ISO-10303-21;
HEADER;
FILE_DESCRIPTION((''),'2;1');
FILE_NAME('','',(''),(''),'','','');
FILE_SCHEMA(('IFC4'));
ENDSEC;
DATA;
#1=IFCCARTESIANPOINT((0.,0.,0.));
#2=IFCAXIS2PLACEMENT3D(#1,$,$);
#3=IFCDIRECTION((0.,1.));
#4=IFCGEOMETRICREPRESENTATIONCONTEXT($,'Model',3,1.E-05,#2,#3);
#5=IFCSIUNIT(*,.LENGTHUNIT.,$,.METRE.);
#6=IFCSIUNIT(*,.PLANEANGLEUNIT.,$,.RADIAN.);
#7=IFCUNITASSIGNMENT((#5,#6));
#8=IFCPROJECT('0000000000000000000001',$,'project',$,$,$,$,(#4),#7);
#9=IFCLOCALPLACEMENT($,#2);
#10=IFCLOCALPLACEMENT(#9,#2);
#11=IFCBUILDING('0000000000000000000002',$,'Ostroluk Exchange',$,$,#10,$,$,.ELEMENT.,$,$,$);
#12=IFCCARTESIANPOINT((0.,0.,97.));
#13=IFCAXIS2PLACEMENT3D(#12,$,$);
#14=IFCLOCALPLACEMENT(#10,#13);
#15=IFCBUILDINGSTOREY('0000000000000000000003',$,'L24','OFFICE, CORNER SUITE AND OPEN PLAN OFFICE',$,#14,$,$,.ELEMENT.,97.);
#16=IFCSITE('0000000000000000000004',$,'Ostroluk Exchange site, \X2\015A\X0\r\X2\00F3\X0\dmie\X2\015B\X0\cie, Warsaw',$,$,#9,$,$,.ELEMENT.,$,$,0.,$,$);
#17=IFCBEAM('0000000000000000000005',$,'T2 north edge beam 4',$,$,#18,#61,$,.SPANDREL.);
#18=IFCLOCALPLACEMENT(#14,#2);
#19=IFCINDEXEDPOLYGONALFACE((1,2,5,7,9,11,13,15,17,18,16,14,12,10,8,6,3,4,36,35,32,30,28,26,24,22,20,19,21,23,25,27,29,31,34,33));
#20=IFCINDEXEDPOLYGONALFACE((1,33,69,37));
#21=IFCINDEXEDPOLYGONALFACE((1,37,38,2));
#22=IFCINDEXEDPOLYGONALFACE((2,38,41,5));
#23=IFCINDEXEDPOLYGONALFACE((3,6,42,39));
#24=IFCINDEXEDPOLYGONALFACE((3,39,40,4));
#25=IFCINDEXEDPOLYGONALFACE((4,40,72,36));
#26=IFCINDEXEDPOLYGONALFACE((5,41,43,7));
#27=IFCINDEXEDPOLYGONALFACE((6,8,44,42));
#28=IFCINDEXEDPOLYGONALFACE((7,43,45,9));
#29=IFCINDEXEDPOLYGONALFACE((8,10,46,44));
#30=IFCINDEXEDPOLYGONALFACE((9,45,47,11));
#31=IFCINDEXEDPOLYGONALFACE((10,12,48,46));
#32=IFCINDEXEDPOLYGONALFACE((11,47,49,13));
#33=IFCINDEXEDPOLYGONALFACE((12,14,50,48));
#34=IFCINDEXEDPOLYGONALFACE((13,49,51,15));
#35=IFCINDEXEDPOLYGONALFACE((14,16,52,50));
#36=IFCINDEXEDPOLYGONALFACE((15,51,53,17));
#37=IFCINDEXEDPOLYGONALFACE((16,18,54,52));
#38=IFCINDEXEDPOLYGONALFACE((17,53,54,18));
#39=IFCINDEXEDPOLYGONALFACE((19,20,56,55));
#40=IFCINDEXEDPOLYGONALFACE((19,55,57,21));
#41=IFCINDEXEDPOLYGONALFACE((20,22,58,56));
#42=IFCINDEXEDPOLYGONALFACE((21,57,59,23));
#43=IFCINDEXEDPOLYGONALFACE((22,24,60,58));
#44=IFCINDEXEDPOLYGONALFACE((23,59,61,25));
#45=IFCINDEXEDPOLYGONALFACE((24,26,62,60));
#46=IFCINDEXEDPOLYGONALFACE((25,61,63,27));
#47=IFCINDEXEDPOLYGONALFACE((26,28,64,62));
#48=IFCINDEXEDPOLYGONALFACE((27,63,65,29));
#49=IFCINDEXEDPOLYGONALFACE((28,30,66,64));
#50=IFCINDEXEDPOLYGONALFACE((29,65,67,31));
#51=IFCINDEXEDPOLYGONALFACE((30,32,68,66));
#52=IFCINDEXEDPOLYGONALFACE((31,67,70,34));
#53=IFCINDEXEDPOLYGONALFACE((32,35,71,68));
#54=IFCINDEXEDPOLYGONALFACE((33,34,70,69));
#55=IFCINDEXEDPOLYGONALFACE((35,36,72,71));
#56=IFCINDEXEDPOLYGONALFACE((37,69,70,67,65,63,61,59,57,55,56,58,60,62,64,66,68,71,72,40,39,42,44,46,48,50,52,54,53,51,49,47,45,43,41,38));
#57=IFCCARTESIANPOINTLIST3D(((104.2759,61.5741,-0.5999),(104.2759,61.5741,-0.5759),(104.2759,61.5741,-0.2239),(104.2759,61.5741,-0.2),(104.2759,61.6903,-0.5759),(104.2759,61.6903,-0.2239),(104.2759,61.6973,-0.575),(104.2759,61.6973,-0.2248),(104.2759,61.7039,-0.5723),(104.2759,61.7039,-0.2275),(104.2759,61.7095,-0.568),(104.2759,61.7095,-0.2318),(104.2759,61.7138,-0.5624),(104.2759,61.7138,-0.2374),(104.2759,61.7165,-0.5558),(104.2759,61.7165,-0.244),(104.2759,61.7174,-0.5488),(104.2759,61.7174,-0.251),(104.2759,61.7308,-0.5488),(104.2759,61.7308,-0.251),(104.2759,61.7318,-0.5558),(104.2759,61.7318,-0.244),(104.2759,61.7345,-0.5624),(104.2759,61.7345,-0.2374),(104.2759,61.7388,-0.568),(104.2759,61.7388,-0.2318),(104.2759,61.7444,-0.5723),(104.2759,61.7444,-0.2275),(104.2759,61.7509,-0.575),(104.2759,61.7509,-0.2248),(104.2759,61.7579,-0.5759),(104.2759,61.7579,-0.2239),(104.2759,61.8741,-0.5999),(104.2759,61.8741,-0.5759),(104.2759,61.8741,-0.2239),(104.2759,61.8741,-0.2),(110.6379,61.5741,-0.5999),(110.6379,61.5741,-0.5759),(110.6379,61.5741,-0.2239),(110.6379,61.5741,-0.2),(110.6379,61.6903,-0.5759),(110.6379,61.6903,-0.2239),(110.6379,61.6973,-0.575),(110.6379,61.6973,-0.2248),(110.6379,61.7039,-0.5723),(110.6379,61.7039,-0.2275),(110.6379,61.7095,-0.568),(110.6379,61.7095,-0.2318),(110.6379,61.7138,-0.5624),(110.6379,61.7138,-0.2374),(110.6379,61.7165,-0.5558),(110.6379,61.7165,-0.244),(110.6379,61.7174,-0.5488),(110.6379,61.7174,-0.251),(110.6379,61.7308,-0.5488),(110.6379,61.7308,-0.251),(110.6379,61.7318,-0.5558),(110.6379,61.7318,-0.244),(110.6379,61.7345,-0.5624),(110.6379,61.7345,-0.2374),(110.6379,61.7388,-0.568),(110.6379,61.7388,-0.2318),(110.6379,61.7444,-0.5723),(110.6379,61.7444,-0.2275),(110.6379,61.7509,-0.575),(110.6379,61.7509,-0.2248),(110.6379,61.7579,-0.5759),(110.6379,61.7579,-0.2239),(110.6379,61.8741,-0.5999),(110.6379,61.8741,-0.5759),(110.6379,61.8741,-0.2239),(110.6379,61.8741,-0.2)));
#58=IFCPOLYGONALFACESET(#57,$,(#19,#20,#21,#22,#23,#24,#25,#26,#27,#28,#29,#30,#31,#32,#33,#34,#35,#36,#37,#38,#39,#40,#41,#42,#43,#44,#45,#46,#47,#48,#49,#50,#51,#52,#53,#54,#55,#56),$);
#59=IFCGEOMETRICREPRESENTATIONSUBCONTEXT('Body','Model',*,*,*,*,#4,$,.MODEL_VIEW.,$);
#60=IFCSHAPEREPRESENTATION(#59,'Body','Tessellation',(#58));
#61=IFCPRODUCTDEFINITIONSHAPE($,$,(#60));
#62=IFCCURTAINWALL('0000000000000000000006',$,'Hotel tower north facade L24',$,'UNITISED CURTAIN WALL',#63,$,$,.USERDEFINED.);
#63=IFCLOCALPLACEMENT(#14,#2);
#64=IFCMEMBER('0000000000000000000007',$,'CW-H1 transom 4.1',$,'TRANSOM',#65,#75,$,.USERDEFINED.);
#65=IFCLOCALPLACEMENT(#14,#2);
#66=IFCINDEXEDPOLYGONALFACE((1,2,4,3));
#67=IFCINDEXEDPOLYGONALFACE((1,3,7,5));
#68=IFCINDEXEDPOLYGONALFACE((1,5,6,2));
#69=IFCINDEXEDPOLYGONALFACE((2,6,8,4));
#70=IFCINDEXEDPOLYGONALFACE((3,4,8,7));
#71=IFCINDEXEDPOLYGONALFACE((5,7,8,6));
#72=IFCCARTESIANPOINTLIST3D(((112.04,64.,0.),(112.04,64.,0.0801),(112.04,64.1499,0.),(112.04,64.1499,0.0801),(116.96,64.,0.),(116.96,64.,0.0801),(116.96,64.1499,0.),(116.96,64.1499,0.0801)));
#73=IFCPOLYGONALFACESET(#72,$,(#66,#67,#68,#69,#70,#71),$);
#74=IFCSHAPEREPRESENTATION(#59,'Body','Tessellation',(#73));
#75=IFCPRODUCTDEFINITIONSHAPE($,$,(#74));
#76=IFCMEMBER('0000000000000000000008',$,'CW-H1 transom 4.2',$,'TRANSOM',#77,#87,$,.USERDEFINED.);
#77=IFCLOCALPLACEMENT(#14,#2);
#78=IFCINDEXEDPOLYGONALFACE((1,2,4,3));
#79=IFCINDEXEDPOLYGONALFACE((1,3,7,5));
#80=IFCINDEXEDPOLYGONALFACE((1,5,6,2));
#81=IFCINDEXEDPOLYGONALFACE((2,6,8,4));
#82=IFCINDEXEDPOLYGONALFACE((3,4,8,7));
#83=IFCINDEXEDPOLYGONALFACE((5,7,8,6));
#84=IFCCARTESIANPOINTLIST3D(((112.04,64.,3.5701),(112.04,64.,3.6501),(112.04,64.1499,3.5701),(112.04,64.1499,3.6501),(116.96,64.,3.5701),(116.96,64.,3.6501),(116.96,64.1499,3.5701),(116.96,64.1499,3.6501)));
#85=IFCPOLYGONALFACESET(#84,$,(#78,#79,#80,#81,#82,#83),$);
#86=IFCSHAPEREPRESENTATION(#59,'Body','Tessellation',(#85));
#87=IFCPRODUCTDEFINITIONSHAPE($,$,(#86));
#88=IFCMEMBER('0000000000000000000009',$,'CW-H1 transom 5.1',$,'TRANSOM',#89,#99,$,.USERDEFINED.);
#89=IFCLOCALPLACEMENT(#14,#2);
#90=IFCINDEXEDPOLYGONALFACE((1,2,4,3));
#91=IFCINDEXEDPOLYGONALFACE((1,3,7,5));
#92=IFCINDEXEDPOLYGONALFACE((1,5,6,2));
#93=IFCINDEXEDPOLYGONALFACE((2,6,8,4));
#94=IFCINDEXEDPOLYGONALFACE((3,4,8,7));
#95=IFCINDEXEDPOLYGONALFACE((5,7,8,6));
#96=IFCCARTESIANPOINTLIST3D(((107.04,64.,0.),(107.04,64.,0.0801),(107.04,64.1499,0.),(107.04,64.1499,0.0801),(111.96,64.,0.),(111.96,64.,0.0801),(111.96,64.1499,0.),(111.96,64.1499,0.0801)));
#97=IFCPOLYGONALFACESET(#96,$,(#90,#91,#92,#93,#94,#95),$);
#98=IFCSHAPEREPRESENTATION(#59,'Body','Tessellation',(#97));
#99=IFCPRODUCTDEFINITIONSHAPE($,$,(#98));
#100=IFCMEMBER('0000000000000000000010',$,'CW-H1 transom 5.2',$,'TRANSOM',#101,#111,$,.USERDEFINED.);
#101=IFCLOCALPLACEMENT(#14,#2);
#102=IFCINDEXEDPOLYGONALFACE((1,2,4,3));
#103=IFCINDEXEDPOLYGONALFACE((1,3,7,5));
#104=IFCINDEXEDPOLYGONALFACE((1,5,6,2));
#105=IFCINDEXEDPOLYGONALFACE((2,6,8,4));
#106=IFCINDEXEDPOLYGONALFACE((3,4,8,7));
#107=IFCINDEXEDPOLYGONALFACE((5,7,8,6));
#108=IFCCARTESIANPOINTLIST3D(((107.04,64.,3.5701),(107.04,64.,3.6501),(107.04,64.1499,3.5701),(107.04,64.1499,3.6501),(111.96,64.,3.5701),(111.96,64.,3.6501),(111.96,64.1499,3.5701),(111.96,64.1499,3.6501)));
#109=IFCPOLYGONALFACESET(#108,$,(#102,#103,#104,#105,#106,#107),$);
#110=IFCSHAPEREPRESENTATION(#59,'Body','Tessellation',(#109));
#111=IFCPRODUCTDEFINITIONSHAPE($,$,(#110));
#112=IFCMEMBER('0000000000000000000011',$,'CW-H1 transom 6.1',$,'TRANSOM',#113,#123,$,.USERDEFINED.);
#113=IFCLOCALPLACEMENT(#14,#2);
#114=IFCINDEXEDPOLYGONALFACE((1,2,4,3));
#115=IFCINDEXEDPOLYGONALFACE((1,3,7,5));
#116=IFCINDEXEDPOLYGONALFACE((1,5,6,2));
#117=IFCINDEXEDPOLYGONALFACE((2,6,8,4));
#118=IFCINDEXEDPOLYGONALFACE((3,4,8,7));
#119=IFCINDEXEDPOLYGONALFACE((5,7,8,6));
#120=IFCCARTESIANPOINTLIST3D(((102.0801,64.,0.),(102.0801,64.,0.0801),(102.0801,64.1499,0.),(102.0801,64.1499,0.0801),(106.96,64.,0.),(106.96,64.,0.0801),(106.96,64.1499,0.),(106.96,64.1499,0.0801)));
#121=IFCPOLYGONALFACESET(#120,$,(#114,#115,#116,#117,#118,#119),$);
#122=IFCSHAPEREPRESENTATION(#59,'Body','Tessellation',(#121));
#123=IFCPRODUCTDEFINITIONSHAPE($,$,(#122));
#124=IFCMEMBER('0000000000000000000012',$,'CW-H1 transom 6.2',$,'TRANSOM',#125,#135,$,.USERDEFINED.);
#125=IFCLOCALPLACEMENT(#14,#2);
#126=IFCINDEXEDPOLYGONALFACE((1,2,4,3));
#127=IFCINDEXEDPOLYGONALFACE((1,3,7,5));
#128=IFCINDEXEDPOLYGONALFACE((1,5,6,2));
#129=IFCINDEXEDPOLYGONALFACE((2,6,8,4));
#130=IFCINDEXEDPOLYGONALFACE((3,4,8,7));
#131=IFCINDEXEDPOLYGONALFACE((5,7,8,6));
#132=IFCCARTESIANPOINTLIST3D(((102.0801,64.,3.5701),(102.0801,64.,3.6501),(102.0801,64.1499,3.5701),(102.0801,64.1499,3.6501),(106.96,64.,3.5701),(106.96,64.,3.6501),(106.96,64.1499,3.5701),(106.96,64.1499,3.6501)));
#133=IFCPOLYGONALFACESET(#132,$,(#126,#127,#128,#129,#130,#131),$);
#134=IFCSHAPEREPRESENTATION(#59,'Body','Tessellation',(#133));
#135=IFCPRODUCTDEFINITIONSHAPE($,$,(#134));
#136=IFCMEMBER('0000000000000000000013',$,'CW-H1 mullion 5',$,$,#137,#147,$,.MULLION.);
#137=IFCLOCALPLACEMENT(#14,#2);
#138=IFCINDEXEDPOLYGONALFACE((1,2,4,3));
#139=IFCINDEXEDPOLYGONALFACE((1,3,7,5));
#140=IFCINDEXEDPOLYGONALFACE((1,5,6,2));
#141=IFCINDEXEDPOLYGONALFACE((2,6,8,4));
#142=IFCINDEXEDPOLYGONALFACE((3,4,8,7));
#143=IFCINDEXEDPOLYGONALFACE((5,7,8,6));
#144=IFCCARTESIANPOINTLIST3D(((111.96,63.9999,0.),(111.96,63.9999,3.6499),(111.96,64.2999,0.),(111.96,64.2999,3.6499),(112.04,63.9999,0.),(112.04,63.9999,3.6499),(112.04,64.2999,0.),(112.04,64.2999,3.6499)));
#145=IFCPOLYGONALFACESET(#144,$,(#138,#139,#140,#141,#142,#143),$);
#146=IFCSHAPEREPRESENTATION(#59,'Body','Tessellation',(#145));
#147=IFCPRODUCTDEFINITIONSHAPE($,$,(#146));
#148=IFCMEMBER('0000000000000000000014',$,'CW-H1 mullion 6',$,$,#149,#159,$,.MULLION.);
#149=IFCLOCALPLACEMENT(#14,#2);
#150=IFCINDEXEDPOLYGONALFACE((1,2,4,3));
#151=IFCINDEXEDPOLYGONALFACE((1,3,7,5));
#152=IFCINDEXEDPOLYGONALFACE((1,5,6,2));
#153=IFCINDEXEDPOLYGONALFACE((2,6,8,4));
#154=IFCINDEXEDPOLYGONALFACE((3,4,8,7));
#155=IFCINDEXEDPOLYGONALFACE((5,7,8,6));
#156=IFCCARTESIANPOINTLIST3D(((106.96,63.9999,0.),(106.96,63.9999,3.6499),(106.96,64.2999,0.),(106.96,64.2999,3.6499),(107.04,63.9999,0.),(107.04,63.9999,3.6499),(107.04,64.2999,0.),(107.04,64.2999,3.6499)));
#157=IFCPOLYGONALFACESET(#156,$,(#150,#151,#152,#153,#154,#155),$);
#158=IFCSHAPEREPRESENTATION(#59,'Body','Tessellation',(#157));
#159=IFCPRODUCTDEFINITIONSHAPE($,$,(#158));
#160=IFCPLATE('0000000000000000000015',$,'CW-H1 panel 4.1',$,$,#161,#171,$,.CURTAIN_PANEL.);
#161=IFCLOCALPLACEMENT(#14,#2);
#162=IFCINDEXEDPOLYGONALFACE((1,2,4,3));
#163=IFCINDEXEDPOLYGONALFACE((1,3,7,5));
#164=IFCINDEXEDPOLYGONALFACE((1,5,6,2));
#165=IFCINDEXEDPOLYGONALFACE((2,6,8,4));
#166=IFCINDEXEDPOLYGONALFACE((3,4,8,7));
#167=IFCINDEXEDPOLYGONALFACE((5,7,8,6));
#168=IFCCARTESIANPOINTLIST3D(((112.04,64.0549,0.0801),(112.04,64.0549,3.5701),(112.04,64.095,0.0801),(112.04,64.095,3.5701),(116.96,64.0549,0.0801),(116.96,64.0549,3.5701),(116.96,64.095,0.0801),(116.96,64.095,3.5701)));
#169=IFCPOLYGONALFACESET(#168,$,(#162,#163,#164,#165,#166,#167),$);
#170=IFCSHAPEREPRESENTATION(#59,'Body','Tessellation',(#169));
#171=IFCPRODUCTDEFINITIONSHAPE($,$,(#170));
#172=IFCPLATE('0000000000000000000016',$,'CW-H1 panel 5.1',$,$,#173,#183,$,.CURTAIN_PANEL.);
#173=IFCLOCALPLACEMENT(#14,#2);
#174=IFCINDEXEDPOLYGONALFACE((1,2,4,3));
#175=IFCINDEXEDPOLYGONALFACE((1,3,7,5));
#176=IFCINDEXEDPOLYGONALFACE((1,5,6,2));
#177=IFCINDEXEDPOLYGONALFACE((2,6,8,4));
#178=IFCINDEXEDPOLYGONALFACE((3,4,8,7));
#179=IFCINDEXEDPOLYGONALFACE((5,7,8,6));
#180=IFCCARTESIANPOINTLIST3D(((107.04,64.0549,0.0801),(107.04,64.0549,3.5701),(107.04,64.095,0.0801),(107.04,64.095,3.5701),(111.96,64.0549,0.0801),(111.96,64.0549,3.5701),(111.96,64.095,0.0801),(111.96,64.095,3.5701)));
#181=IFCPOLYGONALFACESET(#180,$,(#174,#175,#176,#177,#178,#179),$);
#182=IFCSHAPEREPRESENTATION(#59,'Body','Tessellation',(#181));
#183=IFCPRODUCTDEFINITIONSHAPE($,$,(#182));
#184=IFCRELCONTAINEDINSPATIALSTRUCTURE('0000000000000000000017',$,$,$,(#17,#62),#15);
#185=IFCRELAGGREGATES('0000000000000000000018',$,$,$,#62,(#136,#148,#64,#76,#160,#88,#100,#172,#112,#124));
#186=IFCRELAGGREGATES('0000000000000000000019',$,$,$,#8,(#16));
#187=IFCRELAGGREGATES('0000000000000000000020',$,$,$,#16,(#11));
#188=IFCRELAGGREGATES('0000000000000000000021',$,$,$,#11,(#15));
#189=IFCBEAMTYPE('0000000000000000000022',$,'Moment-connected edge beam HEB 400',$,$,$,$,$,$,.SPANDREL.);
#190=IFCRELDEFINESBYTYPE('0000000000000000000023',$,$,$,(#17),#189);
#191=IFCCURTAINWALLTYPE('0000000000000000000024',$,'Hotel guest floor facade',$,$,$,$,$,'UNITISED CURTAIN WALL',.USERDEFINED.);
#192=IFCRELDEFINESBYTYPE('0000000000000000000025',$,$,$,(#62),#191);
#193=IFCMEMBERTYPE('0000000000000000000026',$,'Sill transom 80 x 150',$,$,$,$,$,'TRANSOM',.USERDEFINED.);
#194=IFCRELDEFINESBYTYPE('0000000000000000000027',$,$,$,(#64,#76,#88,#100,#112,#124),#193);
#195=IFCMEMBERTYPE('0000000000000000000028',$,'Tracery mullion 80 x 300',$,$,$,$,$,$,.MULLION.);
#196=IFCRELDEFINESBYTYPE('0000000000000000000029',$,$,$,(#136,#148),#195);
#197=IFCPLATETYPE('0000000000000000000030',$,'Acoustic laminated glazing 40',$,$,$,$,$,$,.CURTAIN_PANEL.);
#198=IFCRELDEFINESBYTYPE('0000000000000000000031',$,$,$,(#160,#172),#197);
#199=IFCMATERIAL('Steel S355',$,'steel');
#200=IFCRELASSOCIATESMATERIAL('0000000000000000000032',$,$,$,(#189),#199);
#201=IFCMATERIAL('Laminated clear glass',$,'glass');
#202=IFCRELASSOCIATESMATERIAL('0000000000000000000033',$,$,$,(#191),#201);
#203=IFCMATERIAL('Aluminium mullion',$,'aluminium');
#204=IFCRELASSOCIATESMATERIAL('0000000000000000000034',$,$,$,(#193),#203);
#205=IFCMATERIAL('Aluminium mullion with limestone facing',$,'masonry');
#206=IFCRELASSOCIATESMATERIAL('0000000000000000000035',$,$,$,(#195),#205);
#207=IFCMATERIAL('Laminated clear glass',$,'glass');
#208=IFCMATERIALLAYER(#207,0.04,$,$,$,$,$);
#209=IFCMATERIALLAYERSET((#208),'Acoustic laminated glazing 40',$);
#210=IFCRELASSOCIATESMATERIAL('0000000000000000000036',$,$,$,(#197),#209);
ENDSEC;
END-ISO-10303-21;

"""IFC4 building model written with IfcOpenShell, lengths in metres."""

from ifc_helpers import new_model, si_unit, direction, frame, origin, origin_2d, place, context, subcontext, project, spatial, rectangle, i_section, extrude, material, layer, layer_set, material_profile, profile_set, type_object, element, aggregate, save


model = new_model("IFC4")

# Units and contexts
model_context = context("Model", 3, precision=1e-05, world=origin(), true_north=direction((0.0, 1.0)))
body_context = subcontext(model_context, "Body", "Model", "MODEL_VIEW")
ifc_project = project(units=[si_unit("LENGTHUNIT", "METRE"), si_unit("PLANEANGLEUNIT", "RADIAN")], contexts=[model_context])

# Site, building, storey
site_placement = place(None, origin())
site = spatial("IfcSite", under=ifc_project, at=site_placement, Name="Ostroluk Exchange site, Śródmieście, Warsaw", CompositionType="ELEMENT", RefElevation=0.0)
building_placement = place(site_placement, origin())
building = spatial("IfcBuilding", under=site, at=building_placement, Name="Ostroluk Exchange", CompositionType="ELEMENT")
storey_placement = place(building_placement, frame((0.0, 0.0, 97.0)))
storey = spatial("IfcBuildingStorey", under=building, at=storey_placement, Name="L24", Description="OFFICE, CORNER SUITE AND OPEN PLAN OFFICE", CompositionType="ELEMENT", Elevation=97.0)

# Beam
ifc_material_1 = material(Name="Steel S355", Category="steel")
ifc_material_profile_1 = material_profile(ifc_material_1, i_section(OverallWidth=0.3, OverallDepth=0.3999, WebThickness=0.0134, FlangeThickness=0.0239, FilletRadius=0.0271, at=origin_2d()), Name="HEB 400")
ifc_profile_set_1 = profile_set([ifc_material_profile_1], Name="Steel S355")
beam_type = type_object("IfcBeamType", Name="Moment-connected edge beam HEB 400", PredefinedType="SPANDREL", material=ifc_profile_set_1)
for number, where, z_axis, x_axis, name in (
    (1, (110.6379, 61.7241, -0.3999), (-1.0, 0.0, 0.0), (0.0, -1.0, 0.0), "T2 north edge beam 4"),
):
    element("IfcBeam", number, at=place(storey_placement, frame(where, z_axis=z_axis, x_axis=x_axis)), inside=storey, type_object=beam_type, Name=name, PredefinedType="SPANDREL", context=body_context, shape_type="SweptSolid", body=[
        extrude(i_section(OverallWidth=0.3, OverallDepth=0.3999, WebThickness=0.0134, FlangeThickness=0.0239, FilletRadius=0.0271, at=origin_2d()), origin(), (0.0, 0.0, 1.0), 6.3621),
    ])

# Curtain wall, members, plates
ifc_material_2 = material(Name="Laminated clear glass", Category="glass")
curtain_wall_type = type_object("IfcCurtainWallType", Name="Hotel guest floor facade", ElementType="UNITISED CURTAIN WALL", PredefinedType="USERDEFINED", material=ifc_material_2)
curtain_wall_placement = place(storey_placement, origin())
curtain_wall = element("IfcCurtainWall", 2, at=curtain_wall_placement, inside=storey, type_object=curtain_wall_type, Name="Hotel tower north facade L24", ObjectType="UNITISED CURTAIN WALL", PredefinedType="USERDEFINED")
ifc_material_3 = material(Name="Aluminium mullion", Category="aluminium")
ifc_material_profile_2 = material_profile(ifc_material_3, rectangle(XDim=0.1499, YDim=0.0801, at=origin_2d()), Name="Sill transom 80 x 150")
ifc_profile_set_2 = profile_set([ifc_material_profile_2], Name="Aluminium mullion")
member_type_1 = type_object("IfcMemberType", Name="Sill transom 80 x 150", ElementType="TRANSOM", PredefinedType="USERDEFINED", material=ifc_profile_set_2)
member_1_placement = place(storey_placement, frame((116.96, 64.075, 0.04), z_axis=(-1.0, 0.0, 0.0), x_axis=(0.0, -1.0, 0.0)))
member_1 = element("IfcMember", 3, at=member_1_placement, type_object=member_type_1, Name="CW-H1 transom 4.1", ObjectType="TRANSOM", PredefinedType="USERDEFINED", context=body_context, shape_type="SweptSolid", body=[
    extrude(rectangle(XDim=0.1499, YDim=0.0801, at=origin_2d()), origin(), (0.0, 0.0, 1.0), 4.9199),
])
member_2_placement = place(storey_placement, frame((116.96, 64.075, 3.6101), z_axis=(-1.0, 0.0, 0.0), x_axis=(0.0, -1.0, 0.0)))
member_2 = element("IfcMember", 4, at=member_2_placement, type_object=member_type_1, Name="CW-H1 transom 4.2", ObjectType="TRANSOM", PredefinedType="USERDEFINED", context=body_context, shape_type="SweptSolid", body=[
    extrude(rectangle(XDim=0.1499, YDim=0.0801, at=origin_2d()), origin(), (0.0, 0.0, 1.0), 4.9199),
])
member_3_placement = place(storey_placement, frame((111.96, 64.075, 0.04), z_axis=(-1.0, 0.0, 0.0), x_axis=(0.0, -1.0, 0.0)))
member_3 = element("IfcMember", 5, at=member_3_placement, type_object=member_type_1, Name="CW-H1 transom 5.1", ObjectType="TRANSOM", PredefinedType="USERDEFINED", context=body_context, shape_type="SweptSolid", body=[
    extrude(rectangle(XDim=0.1499, YDim=0.0801, at=origin_2d()), origin(), (0.0, 0.0, 1.0), 4.9199),
])
member_4_placement = place(storey_placement, frame((111.96, 64.075, 3.6101), z_axis=(-1.0, 0.0, 0.0), x_axis=(0.0, -1.0, 0.0)))
member_4 = element("IfcMember", 6, at=member_4_placement, type_object=member_type_1, Name="CW-H1 transom 5.2", ObjectType="TRANSOM", PredefinedType="USERDEFINED", context=body_context, shape_type="SweptSolid", body=[
    extrude(rectangle(XDim=0.1499, YDim=0.0801, at=origin_2d()), origin(), (0.0, 0.0, 1.0), 4.9199),
])
member_5_placement = place(storey_placement, frame((106.96, 64.075, 0.04), z_axis=(-1.0, 0.0, 0.0), x_axis=(0.0, -1.0, 0.0)))
member_5 = element("IfcMember", 7, at=member_5_placement, type_object=member_type_1, Name="CW-H1 transom 6.1", ObjectType="TRANSOM", PredefinedType="USERDEFINED", context=body_context, shape_type="SweptSolid", body=[
    extrude(rectangle(XDim=0.1499, YDim=0.0801, at=origin_2d()), origin(), (0.0, 0.0, 1.0), 4.8799),
])
member_6_placement = place(storey_placement, frame((106.96, 64.075, 3.6101), z_axis=(-1.0, 0.0, 0.0), x_axis=(0.0, -1.0, 0.0)))
member_6 = element("IfcMember", 8, at=member_6_placement, type_object=member_type_1, Name="CW-H1 transom 6.2", ObjectType="TRANSOM", PredefinedType="USERDEFINED", context=body_context, shape_type="SweptSolid", body=[
    extrude(rectangle(XDim=0.1499, YDim=0.0801, at=origin_2d()), origin(), (0.0, 0.0, 1.0), 4.8799),
])
ifc_material_4 = material(Name="Aluminium mullion with limestone facing", Category="masonry")
ifc_material_profile_3 = material_profile(ifc_material_4, rectangle(XDim=0.3, YDim=0.0801, at=origin_2d()), Name="Tracery mullion 80 x 300")
ifc_profile_set_3 = profile_set([ifc_material_profile_3], Name="Aluminium mullion with limestone facing")
member_type_2 = type_object("IfcMemberType", Name="Tracery mullion 80 x 300", PredefinedType="MULLION", material=ifc_profile_set_3)
member_7_placement = place(storey_placement, frame((112.0, 64.1499, 0.0), z_axis=(0.0, 0.0, 1.0), x_axis=(0.0, -1.0, 0.0)))
member_7 = element("IfcMember", 9, at=member_7_placement, type_object=member_type_2, Name="CW-H1 mullion 5", PredefinedType="MULLION", context=body_context, shape_type="SweptSolid", body=[
    extrude(rectangle(XDim=0.3, YDim=0.0801, at=origin_2d()), origin(), (0.0, 0.0, 1.0), 3.6499),
])
member_8_placement = place(storey_placement, frame((107.0, 64.1499, 0.0), z_axis=(0.0, 0.0, 1.0), x_axis=(0.0, -1.0, 0.0)))
member_8 = element("IfcMember", 10, at=member_8_placement, type_object=member_type_2, Name="CW-H1 mullion 6", PredefinedType="MULLION", context=body_context, shape_type="SweptSolid", body=[
    extrude(rectangle(XDim=0.3, YDim=0.0801, at=origin_2d()), origin(), (0.0, 0.0, 1.0), 3.6499),
])
ifc_material_5 = material(Name="Laminated clear glass", Category="glass")
ifc_layer_1 = layer(ifc_material_5, 0.04)
ifc_layer_set_1 = layer_set([ifc_layer_1], Name="Acoustic laminated glazing 40")
plate_type = type_object("IfcPlateType", Name="Acoustic laminated glazing 40", PredefinedType="CURTAIN_PANEL", material=ifc_layer_set_1)
plate_1_placement = place(storey_placement, frame((114.5, 64.075, 0.0801), z_axis=(0.0, 0.0, 1.0), x_axis=(-1.0, 0.0, 0.0)))
plate_1 = element("IfcPlate", 11, at=plate_1_placement, type_object=plate_type, Name="CW-H1 panel 4.1", PredefinedType="CURTAIN_PANEL", context=body_context, shape_type="SweptSolid", body=[
    extrude(rectangle(XDim=4.9199, YDim=0.04, at=origin_2d()), origin(), (0.0, 0.0, 1.0), 3.49),
])
plate_2_placement = place(storey_placement, frame((109.5, 64.075, 0.0801), z_axis=(0.0, 0.0, 1.0), x_axis=(-1.0, 0.0, 0.0)))
plate_2 = element("IfcPlate", 12, at=plate_2_placement, type_object=plate_type, Name="CW-H1 panel 5.1", PredefinedType="CURTAIN_PANEL", context=body_context, shape_type="SweptSolid", body=[
    extrude(rectangle(XDim=4.9199, YDim=0.04, at=origin_2d()), origin(), (0.0, 0.0, 1.0), 3.49),
])
aggregate(curtain_wall, [member_7, member_8, member_1, member_2, plate_1, member_3, member_4, plate_2, member_5, member_6])

save(model, "model.ifc")
